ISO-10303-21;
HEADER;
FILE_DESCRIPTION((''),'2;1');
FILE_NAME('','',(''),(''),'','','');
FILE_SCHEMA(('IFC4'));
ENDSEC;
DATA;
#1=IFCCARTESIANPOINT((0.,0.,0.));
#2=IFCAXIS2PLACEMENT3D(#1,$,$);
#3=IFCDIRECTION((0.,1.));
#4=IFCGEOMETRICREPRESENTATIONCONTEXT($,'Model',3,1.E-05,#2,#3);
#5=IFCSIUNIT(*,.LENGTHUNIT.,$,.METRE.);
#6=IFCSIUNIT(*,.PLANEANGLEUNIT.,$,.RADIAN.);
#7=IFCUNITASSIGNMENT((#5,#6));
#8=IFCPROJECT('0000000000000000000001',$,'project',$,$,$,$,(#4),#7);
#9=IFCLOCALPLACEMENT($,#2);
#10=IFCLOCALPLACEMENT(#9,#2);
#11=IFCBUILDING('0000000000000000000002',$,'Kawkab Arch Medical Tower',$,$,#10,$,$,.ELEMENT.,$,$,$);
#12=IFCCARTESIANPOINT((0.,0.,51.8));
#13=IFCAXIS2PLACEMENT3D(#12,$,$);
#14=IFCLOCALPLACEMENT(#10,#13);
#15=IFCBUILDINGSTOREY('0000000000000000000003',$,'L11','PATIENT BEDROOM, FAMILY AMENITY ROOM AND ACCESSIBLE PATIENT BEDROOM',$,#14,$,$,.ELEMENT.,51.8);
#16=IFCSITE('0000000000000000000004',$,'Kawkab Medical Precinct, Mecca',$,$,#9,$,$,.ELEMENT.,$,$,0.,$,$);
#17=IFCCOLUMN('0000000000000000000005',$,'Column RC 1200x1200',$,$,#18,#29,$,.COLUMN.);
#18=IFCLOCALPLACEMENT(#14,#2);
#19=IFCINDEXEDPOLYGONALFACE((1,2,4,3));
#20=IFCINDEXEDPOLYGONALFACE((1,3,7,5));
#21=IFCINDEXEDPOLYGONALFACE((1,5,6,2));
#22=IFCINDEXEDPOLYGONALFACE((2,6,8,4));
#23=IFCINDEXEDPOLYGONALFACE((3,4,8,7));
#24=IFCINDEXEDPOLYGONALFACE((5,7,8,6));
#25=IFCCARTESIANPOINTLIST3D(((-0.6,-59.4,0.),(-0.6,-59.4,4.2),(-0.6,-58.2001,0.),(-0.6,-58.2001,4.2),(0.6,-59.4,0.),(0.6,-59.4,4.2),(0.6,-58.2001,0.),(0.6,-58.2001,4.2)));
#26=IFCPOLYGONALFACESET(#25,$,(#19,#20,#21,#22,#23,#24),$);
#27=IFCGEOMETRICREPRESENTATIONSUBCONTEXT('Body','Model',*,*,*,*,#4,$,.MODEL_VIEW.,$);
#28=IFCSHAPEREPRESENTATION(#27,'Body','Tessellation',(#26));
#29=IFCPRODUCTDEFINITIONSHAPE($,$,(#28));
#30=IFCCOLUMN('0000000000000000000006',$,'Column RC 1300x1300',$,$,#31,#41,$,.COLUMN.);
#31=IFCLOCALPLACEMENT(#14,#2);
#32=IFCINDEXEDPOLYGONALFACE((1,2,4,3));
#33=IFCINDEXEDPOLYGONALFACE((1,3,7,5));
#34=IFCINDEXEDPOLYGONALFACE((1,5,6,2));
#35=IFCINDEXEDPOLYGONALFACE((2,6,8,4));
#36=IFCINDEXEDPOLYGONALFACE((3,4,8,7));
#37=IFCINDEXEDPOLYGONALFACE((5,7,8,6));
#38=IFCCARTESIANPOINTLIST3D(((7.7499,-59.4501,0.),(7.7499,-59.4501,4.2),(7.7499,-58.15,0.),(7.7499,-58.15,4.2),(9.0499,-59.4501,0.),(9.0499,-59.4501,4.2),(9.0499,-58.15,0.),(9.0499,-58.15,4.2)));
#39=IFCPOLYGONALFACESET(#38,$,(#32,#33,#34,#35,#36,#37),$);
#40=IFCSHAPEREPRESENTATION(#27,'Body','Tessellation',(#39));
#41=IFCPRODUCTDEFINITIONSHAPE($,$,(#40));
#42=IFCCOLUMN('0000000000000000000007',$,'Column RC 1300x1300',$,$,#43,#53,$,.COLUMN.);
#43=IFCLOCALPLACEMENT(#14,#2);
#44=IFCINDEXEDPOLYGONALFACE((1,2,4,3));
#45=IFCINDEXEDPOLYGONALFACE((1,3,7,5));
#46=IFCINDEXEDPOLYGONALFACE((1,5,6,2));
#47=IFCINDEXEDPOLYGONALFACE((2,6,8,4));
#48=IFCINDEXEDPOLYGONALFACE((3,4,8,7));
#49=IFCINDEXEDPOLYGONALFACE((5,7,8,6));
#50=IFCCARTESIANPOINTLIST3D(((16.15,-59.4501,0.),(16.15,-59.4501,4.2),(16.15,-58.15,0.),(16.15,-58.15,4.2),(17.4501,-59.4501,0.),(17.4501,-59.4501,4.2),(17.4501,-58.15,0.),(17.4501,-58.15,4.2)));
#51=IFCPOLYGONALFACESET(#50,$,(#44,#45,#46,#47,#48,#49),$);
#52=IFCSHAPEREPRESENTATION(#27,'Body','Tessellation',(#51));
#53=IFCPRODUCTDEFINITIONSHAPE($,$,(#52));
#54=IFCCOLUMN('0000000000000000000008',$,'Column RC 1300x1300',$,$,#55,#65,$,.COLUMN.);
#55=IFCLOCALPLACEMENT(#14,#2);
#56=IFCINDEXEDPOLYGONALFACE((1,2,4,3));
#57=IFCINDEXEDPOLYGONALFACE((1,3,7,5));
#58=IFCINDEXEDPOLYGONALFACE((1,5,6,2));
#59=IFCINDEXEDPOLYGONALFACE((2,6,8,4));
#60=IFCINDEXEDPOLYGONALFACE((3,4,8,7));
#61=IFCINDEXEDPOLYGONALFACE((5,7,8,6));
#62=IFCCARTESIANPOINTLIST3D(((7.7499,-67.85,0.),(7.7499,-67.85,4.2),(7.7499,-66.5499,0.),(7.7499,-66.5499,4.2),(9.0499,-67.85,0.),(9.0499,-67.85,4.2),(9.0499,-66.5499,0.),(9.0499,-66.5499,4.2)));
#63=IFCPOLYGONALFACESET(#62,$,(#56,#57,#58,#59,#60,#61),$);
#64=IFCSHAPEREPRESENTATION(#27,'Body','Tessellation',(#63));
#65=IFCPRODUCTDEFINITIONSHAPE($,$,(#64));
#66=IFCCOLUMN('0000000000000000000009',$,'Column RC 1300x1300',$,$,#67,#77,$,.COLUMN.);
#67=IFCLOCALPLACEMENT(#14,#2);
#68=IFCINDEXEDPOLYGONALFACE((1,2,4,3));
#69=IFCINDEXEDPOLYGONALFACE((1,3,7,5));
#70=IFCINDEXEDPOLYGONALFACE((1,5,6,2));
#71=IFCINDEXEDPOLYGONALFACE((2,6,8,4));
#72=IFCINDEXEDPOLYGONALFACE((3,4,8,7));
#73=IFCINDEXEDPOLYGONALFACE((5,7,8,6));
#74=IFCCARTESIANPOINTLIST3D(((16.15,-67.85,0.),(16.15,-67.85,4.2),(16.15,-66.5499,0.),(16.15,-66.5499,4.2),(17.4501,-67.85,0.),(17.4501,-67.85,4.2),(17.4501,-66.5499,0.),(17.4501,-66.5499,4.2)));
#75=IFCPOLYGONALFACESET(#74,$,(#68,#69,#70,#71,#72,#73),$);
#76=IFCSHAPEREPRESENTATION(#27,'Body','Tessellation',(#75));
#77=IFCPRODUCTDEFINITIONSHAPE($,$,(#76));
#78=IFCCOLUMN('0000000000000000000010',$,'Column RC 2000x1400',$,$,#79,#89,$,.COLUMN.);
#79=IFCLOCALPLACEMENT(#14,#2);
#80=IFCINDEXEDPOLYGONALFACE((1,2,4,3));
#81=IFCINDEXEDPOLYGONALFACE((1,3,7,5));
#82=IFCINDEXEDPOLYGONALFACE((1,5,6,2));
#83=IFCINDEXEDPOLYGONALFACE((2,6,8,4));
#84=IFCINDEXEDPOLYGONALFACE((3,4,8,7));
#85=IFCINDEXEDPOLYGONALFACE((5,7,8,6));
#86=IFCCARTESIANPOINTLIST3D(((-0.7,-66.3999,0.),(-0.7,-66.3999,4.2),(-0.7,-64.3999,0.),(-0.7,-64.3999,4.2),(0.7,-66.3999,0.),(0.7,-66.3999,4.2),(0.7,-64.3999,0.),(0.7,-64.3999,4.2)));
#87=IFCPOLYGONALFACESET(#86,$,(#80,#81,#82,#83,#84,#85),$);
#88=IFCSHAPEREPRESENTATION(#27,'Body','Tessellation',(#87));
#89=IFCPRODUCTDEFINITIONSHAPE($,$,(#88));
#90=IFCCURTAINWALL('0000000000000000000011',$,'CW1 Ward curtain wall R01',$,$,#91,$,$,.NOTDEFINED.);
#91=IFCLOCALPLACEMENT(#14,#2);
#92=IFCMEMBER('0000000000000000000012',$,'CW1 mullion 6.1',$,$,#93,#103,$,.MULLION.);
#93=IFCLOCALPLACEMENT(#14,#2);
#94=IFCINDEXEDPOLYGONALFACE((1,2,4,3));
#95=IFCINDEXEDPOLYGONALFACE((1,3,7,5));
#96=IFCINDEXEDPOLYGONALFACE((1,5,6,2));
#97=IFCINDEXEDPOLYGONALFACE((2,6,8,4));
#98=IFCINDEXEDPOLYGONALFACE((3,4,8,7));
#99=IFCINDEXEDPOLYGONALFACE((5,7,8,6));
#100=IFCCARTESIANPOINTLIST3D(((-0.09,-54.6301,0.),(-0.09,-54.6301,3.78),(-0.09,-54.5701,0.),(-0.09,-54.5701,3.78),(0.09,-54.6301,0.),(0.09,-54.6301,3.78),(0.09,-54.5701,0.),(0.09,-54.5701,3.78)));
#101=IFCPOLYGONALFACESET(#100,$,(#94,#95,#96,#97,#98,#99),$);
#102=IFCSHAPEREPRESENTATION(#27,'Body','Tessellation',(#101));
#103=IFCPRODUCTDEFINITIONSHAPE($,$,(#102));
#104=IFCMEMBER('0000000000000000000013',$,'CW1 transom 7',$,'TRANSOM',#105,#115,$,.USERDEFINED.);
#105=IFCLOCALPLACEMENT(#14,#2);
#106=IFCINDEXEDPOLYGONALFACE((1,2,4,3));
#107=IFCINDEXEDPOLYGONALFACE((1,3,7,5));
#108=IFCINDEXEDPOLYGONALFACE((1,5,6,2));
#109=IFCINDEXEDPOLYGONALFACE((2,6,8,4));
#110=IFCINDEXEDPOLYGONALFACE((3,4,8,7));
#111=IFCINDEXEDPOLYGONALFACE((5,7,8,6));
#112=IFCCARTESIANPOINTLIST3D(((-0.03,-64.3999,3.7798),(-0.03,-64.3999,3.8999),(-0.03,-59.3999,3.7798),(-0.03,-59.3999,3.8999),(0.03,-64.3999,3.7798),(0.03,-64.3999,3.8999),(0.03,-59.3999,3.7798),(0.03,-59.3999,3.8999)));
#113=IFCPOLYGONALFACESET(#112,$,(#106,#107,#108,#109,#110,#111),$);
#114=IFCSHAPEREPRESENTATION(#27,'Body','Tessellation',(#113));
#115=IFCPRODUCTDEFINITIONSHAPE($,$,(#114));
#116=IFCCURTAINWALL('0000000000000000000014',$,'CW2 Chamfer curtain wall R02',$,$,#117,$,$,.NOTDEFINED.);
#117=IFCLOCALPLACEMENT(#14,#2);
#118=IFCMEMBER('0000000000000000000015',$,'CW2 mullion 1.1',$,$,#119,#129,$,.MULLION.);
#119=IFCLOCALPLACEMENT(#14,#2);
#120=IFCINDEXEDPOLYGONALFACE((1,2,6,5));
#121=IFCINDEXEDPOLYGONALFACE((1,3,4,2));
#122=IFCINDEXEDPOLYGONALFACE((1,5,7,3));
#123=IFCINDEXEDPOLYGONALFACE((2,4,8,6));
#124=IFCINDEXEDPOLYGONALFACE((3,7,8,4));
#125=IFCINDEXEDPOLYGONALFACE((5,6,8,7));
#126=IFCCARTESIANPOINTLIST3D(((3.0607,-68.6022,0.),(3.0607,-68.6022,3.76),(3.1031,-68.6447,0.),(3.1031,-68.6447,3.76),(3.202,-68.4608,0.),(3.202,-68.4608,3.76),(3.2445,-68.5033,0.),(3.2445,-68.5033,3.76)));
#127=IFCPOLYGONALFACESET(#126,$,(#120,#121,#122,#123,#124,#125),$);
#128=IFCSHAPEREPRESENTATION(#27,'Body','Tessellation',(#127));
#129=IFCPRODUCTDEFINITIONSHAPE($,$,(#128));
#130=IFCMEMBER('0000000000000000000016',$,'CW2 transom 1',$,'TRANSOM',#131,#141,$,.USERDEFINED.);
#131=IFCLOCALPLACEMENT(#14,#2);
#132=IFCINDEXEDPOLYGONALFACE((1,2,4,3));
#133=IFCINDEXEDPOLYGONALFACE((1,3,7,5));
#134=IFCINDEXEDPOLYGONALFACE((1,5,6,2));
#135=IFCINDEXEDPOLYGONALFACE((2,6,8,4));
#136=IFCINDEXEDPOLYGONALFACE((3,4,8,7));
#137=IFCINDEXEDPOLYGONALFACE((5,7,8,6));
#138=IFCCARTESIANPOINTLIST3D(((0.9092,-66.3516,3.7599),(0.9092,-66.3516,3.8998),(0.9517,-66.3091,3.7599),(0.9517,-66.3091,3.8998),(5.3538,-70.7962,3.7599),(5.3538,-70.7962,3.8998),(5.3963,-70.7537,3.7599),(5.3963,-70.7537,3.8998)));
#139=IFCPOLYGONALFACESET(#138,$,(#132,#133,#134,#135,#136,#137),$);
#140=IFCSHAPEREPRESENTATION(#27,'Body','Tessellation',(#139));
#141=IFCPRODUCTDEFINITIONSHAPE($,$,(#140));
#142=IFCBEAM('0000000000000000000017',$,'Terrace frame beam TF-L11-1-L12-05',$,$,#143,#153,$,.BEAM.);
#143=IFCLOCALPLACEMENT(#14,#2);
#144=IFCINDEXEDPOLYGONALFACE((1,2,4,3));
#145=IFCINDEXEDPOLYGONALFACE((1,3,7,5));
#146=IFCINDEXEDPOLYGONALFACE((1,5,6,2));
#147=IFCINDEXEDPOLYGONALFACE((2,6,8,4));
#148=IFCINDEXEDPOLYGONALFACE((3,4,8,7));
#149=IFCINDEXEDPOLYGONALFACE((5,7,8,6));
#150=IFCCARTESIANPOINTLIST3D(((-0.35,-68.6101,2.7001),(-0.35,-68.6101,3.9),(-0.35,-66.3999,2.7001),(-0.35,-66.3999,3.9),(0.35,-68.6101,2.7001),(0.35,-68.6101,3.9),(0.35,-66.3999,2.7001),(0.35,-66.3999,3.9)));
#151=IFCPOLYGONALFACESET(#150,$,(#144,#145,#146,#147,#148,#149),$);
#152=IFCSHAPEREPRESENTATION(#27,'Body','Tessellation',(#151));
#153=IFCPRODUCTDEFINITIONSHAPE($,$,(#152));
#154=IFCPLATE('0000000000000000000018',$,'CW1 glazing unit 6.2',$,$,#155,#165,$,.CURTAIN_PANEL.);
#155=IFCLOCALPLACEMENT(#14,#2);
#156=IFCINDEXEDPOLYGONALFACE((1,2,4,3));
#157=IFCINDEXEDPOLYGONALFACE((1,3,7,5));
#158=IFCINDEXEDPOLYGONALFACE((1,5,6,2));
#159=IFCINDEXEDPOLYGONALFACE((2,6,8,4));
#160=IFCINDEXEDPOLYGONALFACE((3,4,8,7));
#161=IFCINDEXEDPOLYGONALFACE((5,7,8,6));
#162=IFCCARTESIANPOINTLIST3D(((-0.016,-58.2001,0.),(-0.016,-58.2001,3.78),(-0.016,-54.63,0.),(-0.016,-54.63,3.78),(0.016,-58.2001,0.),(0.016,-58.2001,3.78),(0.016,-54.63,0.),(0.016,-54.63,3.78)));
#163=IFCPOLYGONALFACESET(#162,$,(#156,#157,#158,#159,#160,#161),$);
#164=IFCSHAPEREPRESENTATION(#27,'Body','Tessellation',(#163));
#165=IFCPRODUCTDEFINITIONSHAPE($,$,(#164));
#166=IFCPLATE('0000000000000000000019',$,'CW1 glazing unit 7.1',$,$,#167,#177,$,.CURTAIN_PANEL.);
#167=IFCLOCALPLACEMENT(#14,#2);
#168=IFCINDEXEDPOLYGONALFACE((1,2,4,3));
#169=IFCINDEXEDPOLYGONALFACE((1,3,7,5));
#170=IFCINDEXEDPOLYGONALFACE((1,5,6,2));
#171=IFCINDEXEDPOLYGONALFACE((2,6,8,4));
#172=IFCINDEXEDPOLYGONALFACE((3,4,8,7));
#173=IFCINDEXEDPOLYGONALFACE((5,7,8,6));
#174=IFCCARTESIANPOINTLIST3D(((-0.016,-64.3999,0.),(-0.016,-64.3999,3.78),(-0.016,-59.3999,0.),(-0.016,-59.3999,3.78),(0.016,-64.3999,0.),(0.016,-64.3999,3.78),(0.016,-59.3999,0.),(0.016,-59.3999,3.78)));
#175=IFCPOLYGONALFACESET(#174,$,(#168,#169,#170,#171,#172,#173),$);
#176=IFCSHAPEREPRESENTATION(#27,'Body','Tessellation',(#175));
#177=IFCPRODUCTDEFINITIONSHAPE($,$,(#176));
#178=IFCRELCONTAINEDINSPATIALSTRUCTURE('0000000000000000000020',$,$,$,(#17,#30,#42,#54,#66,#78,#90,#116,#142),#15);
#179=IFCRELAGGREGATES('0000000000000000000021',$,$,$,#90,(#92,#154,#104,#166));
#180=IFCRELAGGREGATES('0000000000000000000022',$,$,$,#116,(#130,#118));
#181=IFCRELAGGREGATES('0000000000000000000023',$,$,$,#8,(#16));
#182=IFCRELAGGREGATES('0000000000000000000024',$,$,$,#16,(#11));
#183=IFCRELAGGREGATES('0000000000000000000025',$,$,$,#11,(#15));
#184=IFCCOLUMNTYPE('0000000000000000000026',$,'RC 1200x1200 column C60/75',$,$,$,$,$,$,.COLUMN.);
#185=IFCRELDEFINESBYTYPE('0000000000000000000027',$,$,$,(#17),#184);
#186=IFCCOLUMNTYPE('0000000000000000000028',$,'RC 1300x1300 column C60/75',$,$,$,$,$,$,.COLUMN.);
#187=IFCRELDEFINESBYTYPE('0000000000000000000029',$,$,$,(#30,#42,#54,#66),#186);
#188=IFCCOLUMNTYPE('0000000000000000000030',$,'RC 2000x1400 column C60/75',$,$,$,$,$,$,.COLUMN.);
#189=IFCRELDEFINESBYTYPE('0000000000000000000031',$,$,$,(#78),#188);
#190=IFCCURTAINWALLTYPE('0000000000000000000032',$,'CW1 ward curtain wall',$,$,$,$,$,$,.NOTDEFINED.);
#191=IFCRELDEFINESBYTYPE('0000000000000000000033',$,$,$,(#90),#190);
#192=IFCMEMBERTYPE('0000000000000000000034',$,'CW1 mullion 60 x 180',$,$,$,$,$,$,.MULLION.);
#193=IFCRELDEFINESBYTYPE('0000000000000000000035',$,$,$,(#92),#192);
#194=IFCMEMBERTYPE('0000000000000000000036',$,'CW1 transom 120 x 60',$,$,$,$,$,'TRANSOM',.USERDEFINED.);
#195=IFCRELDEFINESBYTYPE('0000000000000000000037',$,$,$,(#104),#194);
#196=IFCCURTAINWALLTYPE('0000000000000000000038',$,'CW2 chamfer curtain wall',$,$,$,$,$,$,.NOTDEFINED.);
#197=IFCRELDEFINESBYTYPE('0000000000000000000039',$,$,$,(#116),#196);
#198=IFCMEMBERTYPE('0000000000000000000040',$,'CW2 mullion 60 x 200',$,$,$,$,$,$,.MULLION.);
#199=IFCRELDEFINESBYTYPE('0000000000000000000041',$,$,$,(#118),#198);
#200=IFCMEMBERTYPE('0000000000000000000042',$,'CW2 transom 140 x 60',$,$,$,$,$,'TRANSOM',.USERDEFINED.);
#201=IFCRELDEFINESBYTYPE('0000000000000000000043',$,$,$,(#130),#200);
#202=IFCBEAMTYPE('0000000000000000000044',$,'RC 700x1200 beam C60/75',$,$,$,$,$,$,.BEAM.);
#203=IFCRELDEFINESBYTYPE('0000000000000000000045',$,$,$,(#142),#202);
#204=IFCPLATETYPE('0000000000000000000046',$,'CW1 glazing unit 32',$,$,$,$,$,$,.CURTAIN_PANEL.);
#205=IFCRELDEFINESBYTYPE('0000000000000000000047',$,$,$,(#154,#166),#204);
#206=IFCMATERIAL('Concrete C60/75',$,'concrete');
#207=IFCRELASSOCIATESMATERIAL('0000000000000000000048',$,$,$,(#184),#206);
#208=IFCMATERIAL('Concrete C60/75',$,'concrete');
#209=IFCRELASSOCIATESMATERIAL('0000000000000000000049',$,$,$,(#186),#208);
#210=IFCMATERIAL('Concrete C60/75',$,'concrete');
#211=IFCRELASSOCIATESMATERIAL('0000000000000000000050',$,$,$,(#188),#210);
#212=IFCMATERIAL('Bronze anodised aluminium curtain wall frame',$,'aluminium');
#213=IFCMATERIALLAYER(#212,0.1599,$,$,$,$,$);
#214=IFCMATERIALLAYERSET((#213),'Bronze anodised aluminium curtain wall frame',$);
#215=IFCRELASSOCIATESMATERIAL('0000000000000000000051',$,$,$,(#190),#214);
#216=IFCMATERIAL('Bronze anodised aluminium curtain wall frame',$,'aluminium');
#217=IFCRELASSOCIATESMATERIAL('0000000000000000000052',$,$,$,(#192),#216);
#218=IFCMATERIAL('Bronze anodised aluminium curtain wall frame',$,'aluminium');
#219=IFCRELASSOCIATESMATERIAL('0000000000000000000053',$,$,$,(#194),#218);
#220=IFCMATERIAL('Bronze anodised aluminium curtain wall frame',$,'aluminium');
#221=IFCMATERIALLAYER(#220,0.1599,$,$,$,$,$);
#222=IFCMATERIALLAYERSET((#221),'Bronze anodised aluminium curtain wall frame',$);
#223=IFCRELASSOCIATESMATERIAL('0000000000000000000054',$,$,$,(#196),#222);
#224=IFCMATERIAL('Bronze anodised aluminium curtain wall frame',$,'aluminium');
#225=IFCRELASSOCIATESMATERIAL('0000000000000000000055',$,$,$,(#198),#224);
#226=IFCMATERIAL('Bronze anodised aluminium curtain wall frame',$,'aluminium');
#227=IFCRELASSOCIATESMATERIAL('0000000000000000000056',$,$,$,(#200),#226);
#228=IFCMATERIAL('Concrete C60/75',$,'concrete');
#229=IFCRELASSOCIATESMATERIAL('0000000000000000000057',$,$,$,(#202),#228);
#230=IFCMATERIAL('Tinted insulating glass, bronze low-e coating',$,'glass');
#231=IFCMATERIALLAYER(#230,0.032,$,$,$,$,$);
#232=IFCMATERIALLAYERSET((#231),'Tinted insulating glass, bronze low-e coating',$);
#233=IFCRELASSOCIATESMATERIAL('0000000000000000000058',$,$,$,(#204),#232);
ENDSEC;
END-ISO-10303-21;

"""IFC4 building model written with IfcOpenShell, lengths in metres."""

from ifc_helpers import new_model, si_unit, direction, frame, origin, origin_2d, place, context, subcontext, project, spatial, rectangle, extrude, material, layer, layer_set, material_profile, profile_set, type_object, element, aggregate, save


model = new_model("IFC4")

# Units and contexts
model_context = context("Model", 3, precision=1e-05, world=origin(), true_north=direction((0.0, 1.0)))
body_context = subcontext(model_context, "Body", "Model", "MODEL_VIEW")
ifc_project = project(units=[si_unit("LENGTHUNIT", "METRE"), si_unit("PLANEANGLEUNIT", "RADIAN")], contexts=[model_context])

# Site, building, storey
site_placement = place(None, origin())
site = spatial("IfcSite", under=ifc_project, at=site_placement, Name="Kawkab Medical Precinct, Mecca", CompositionType="ELEMENT", RefElevation=0.0)
building_placement = place(site_placement, origin())
building = spatial("IfcBuilding", under=site, at=building_placement, Name="Kawkab Arch Medical Tower", CompositionType="ELEMENT")
storey_placement = place(building_placement, frame((0.0, 0.0, 51.8)))
storey = spatial("IfcBuildingStorey", under=building, at=storey_placement, Name="L11", Description="PATIENT BEDROOM, FAMILY AMENITY ROOM AND ACCESSIBLE PATIENT BEDROOM", CompositionType="ELEMENT", Elevation=51.8)

# Columns
ifc_material_1 = material(Name="Concrete C60/75", Category="concrete")
ifc_material_profile_1 = material_profile(ifc_material_1, rectangle(XDim=1.2, YDim=1.2, at=origin_2d()), Name="RC 1200x1200")
ifc_profile_set_1 = profile_set([ifc_material_profile_1], Name="Concrete C60/75")
column_type_1 = type_object("IfcColumnType", Name="RC 1200x1200 column C60/75", PredefinedType="COLUMN", material=ifc_profile_set_1)
column_1_placement = place(storey_placement, frame((0.0, -58.8, 0.0), z_axis=(0.0, 0.0, 1.0), x_axis=(1.0, 0.0, 0.0)))
element("IfcColumn", 1, at=column_1_placement, inside=storey, type_object=column_type_1, Name="Column RC 1200x1200", PredefinedType="COLUMN", context=body_context, shape_type="SweptSolid", body=[
    extrude(rectangle(XDim=1.2, YDim=1.2, at=origin_2d()), origin(), (0.0, 0.0, 1.0), 4.2),
])
ifc_material_2 = material(Name="Concrete C60/75", Category="concrete")
ifc_material_profile_2 = material_profile(ifc_material_2, rectangle(XDim=1.3, YDim=1.3, at=origin_2d()), Name="RC 1300x1300")
ifc_profile_set_2 = profile_set([ifc_material_profile_2], Name="Concrete C60/75")
column_type_2 = type_object("IfcColumnType", Name="RC 1300x1300 column C60/75", PredefinedType="COLUMN", material=ifc_profile_set_2)
for number, where, z_axis, x_axis, name in (
    (2, (8.3999, -58.8, 0.0), (0.0, 0.0, 1.0), (1.0, 0.0, 0.0), "Column RC 1300x1300"),
    (3, (16.8, -58.8, 0.0), (0.0, 0.0, 1.0), (1.0, 0.0, 0.0), "Column RC 1300x1300"),
    (4, (8.3999, -67.2, 0.0), (0.0, 0.0, 1.0), (1.0, 0.0, 0.0), "Column RC 1300x1300"),
    (5, (16.8, -67.2, 0.0), (0.0, 0.0, 1.0), (1.0, 0.0, 0.0), "Column RC 1300x1300"),
):
    element("IfcColumn", number, at=place(storey_placement, frame(where, z_axis=z_axis, x_axis=x_axis)), inside=storey, type_object=column_type_2, Name=name, PredefinedType="COLUMN", context=body_context, shape_type="SweptSolid", body=[
        extrude(rectangle(XDim=1.3, YDim=1.3, at=origin_2d()), origin(), (0.0, 0.0, 1.0), 4.2),
    ])
ifc_material_3 = material(Name="Concrete C60/75", Category="concrete")
ifc_material_profile_3 = material_profile(ifc_material_3, rectangle(XDim=2.0, YDim=1.3999, at=origin_2d()), Name="RC 2000x1400")
ifc_profile_set_3 = profile_set([ifc_material_profile_3], Name="Concrete C60/75")
column_type_3 = type_object("IfcColumnType", Name="RC 2000x1400 column C60/75", PredefinedType="COLUMN", material=ifc_profile_set_3)
column_2_placement = place(storey_placement, frame((0.0, -65.3999, 0.0), z_axis=(0.0, 0.0, 1.0), x_axis=(0.0, 1.0, 0.0)))
element("IfcColumn", 6, at=column_2_placement, inside=storey, type_object=column_type_3, Name="Column RC 2000x1400", PredefinedType="COLUMN", context=body_context, shape_type="SweptSolid", body=[
    extrude(rectangle(XDim=2.0, YDim=1.3999, at=origin_2d()), origin(), (0.0, 0.0, 1.0), 4.2),
])

# Curtain walls, members
ifc_material_4 = material(Name="Bronze anodised aluminium curtain wall frame", Category="aluminium")
ifc_layer_1 = layer(ifc_material_4, 0.1599)
ifc_layer_set_1 = layer_set([ifc_layer_1], Name="Bronze anodised aluminium curtain wall frame")
curtain_wall_type_1 = type_object("IfcCurtainWallType", Name="CW1 ward curtain wall", PredefinedType="NOTDEFINED", material=ifc_layer_set_1)
placement = place(storey_placement, origin())
curtain_wall_1 = element("IfcCurtainWall", 7, at=placement, inside=storey, type_object=curtain_wall_type_1, Name="CW1 Ward curtain wall R01", PredefinedType="NOTDEFINED")
ifc_material_5 = material(Name="Bronze anodised aluminium curtain wall frame", Category="aluminium")
ifc_material_profile_4 = material_profile(ifc_material_5, rectangle(XDim=0.1799, YDim=0.0601, at=origin_2d()), Name="AL 60x180")
ifc_profile_set_4 = profile_set([ifc_material_profile_4], Name="Bronze anodised aluminium curtain wall frame")
member_type_1 = type_object("IfcMemberType", Name="CW1 mullion 60 x 180", PredefinedType="MULLION", material=ifc_profile_set_4)
member_1_placement = place(storey_placement, frame((0.0, -54.6001, 0.0), z_axis=(0.0, 0.0, 1.0), x_axis=(1.0, 0.0, 0.0)))
member_1 = element("IfcMember", 8, at=member_1_placement, type_object=member_type_1, Name="CW1 mullion 6.1", PredefinedType="MULLION", context=body_context, shape_type="SweptSolid", body=[
    extrude(rectangle(XDim=0.1799, YDim=0.0601, at=origin_2d()), origin(), (0.0, 0.0, 1.0), 3.78),
])
ifc_material_6 = material(Name="Bronze anodised aluminium curtain wall frame", Category="aluminium")
ifc_material_profile_5 = material_profile(ifc_material_6, rectangle(XDim=0.0601, YDim=0.1201, at=origin_2d()), Name="AL 60x120")
ifc_profile_set_5 = profile_set([ifc_material_profile_5], Name="Bronze anodised aluminium curtain wall frame")
member_type_2 = type_object("IfcMemberType", Name="CW1 transom 120 x 60", ElementType="TRANSOM", PredefinedType="USERDEFINED", material=ifc_profile_set_5)
member_2_placement = place(storey_placement, frame((0.0, -59.3999, 3.8398), z_axis=(0.0, -1.0, 0.0), x_axis=(1.0, 0.0, 0.0)))
member_2 = element("IfcMember", 9, at=member_2_placement, type_object=member_type_2, Name="CW1 transom 7", ObjectType="TRANSOM", PredefinedType="USERDEFINED", context=body_context, shape_type="SweptSolid", body=[
    extrude(rectangle(XDim=0.0601, YDim=0.1201, at=origin_2d()), origin(), (0.0, 0.0, 1.0), 5.0),
])
ifc_material_7 = material(Name="Bronze anodised aluminium curtain wall frame", Category="aluminium")
ifc_layer_2 = layer(ifc_material_7, 0.1599)
ifc_layer_set_2 = layer_set([ifc_layer_2], Name="Bronze anodised aluminium curtain wall frame")
curtain_wall_type_2 = type_object("IfcCurtainWallType", Name="CW2 chamfer curtain wall", PredefinedType="NOTDEFINED", material=ifc_layer_set_2)
curtain_wall_2 = element("IfcCurtainWall", 10, at=placement, inside=storey, type_object=curtain_wall_type_2, Name="CW2 Chamfer curtain wall R02", PredefinedType="NOTDEFINED")
ifc_material_8 = material(Name="Bronze anodised aluminium curtain wall frame", Category="aluminium")
ifc_material_profile_6 = material_profile(ifc_material_8, rectangle(XDim=0.2, YDim=0.0601, at=origin_2d()), Name="AL 60x200")
ifc_profile_set_6 = profile_set([ifc_material_profile_6], Name="Bronze anodised aluminium curtain wall frame")
member_type_3 = type_object("IfcMemberType", Name="CW2 mullion 60 x 200", PredefinedType="MULLION", material=ifc_profile_set_6)
member_3_placement = place(storey_placement, frame((3.1526, -68.5527, 0.0), z_axis=(0.0, 0.0, 1.0), x_axis=(0.707107, 0.707107, 0.0)))
member_3 = element("IfcMember", 11, at=member_3_placement, type_object=member_type_3, Name="CW2 mullion 1.1", PredefinedType="MULLION", context=body_context, shape_type="SweptSolid", body=[
    extrude(rectangle(XDim=0.2, YDim=0.0601, at=origin_2d()), origin(), (0.0, 0.0, 1.0), 3.76),
])
ifc_material_9 = material(Name="Bronze anodised aluminium curtain wall frame", Category="aluminium")
ifc_material_profile_7 = material_profile(ifc_material_9, rectangle(XDim=0.0601, YDim=0.1399, at=origin_2d()), Name="AL 60x140")
ifc_profile_set_7 = profile_set([ifc_material_profile_7], Name="Bronze anodised aluminium curtain wall frame")
member_type_4 = type_object("IfcMemberType", Name="CW2 transom 140 x 60", ElementType="TRANSOM", PredefinedType="USERDEFINED", material=ifc_profile_set_7)
member_4_placement = place(storey_placement, frame((0.9304, -66.3303, 3.8298), z_axis=(0.707107, -0.707107, 0.0), x_axis=(0.707107, 0.707107, 0.0)))
member_4 = element("IfcMember", 12, at=member_4_placement, type_object=member_type_4, Name="CW2 transom 1", ObjectType="TRANSOM", PredefinedType="USERDEFINED", context=body_context, shape_type="SweptSolid", body=[
    extrude(rectangle(XDim=0.0601, YDim=0.1399, at=origin_2d()), origin(), (0.0, 0.0, 1.0), 6.2856),
])

# Beam
ifc_material_10 = material(Name="Concrete C60/75", Category="concrete")
ifc_material_profile_8 = material_profile(ifc_material_10, rectangle(XDim=0.7, YDim=1.2, at=origin_2d()), Name="RC 700x1200")
ifc_profile_set_8 = profile_set([ifc_material_profile_8], Name="Concrete C60/75")
beam_type = type_object("IfcBeamType", Name="RC 700x1200 beam C60/75", PredefinedType="BEAM", material=ifc_profile_set_8)
beam_placement = place(storey_placement, frame((0.0, -68.6101, 3.3), z_axis=(0.0, 1.0, 0.0), x_axis=(-1.0, 0.0, 0.0)))
element("IfcBeam", 13, at=beam_placement, inside=storey, type_object=beam_type, Name="Terrace frame beam TF-L11-1-L12-05", PredefinedType="BEAM", context=body_context, shape_type="SweptSolid", body=[
    extrude(rectangle(XDim=0.7, YDim=1.2, at=origin_2d()), origin(), (0.0, 0.0, 1.0), 2.2102),
])

# Plates
ifc_material_11 = material(Name="Tinted insulating glass, bronze low-e coating", Category="glass")
ifc_layer_3 = layer(ifc_material_11, 0.032)
ifc_layer_set_3 = layer_set([ifc_layer_3], Name="Tinted insulating glass, bronze low-e coating")
plate_type_1 = type_object("IfcPlateType", Name="CW1 glazing unit 32", PredefinedType="CURTAIN_PANEL", material=ifc_layer_set_3)
plate_1_placement = place(storey_placement, frame((0.0, -56.415, 0.0), z_axis=(0.0, 0.0, 1.0), x_axis=(0.0, -1.0, 0.0)))
plate_1 = element("IfcPlate", 14, at=plate_1_placement, type_object=plate_type_1, Name="CW1 glazing unit 6.2", PredefinedType="CURTAIN_PANEL", context=body_context, shape_type="SweptSolid", body=[
    extrude(rectangle(XDim=3.5701, YDim=0.032, at=origin_2d()), origin(), (0.0, 0.0, 1.0), 3.78),
])
plate_2_placement = place(storey_placement, frame((0.0, -61.8999, 0.0), z_axis=(0.0, 0.0, 1.0), x_axis=(0.0, -1.0, 0.0)))
plate_2 = element("IfcPlate", 15, at=plate_2_placement, type_object=plate_type_1, Name="CW1 glazing unit 7.1", PredefinedType="CURTAIN_PANEL", context=body_context, shape_type="SweptSolid", body=[
    extrude(rectangle(XDim=5.0, YDim=0.032, at=origin_2d()), origin(), (0.0, 0.0, 1.0), 3.78),
])
aggregate(curtain_wall_1, [member_1, plate_1, member_2, plate_2])
aggregate(curtain_wall_2, [member_4, member_3])

save(model, "model.ifc")
